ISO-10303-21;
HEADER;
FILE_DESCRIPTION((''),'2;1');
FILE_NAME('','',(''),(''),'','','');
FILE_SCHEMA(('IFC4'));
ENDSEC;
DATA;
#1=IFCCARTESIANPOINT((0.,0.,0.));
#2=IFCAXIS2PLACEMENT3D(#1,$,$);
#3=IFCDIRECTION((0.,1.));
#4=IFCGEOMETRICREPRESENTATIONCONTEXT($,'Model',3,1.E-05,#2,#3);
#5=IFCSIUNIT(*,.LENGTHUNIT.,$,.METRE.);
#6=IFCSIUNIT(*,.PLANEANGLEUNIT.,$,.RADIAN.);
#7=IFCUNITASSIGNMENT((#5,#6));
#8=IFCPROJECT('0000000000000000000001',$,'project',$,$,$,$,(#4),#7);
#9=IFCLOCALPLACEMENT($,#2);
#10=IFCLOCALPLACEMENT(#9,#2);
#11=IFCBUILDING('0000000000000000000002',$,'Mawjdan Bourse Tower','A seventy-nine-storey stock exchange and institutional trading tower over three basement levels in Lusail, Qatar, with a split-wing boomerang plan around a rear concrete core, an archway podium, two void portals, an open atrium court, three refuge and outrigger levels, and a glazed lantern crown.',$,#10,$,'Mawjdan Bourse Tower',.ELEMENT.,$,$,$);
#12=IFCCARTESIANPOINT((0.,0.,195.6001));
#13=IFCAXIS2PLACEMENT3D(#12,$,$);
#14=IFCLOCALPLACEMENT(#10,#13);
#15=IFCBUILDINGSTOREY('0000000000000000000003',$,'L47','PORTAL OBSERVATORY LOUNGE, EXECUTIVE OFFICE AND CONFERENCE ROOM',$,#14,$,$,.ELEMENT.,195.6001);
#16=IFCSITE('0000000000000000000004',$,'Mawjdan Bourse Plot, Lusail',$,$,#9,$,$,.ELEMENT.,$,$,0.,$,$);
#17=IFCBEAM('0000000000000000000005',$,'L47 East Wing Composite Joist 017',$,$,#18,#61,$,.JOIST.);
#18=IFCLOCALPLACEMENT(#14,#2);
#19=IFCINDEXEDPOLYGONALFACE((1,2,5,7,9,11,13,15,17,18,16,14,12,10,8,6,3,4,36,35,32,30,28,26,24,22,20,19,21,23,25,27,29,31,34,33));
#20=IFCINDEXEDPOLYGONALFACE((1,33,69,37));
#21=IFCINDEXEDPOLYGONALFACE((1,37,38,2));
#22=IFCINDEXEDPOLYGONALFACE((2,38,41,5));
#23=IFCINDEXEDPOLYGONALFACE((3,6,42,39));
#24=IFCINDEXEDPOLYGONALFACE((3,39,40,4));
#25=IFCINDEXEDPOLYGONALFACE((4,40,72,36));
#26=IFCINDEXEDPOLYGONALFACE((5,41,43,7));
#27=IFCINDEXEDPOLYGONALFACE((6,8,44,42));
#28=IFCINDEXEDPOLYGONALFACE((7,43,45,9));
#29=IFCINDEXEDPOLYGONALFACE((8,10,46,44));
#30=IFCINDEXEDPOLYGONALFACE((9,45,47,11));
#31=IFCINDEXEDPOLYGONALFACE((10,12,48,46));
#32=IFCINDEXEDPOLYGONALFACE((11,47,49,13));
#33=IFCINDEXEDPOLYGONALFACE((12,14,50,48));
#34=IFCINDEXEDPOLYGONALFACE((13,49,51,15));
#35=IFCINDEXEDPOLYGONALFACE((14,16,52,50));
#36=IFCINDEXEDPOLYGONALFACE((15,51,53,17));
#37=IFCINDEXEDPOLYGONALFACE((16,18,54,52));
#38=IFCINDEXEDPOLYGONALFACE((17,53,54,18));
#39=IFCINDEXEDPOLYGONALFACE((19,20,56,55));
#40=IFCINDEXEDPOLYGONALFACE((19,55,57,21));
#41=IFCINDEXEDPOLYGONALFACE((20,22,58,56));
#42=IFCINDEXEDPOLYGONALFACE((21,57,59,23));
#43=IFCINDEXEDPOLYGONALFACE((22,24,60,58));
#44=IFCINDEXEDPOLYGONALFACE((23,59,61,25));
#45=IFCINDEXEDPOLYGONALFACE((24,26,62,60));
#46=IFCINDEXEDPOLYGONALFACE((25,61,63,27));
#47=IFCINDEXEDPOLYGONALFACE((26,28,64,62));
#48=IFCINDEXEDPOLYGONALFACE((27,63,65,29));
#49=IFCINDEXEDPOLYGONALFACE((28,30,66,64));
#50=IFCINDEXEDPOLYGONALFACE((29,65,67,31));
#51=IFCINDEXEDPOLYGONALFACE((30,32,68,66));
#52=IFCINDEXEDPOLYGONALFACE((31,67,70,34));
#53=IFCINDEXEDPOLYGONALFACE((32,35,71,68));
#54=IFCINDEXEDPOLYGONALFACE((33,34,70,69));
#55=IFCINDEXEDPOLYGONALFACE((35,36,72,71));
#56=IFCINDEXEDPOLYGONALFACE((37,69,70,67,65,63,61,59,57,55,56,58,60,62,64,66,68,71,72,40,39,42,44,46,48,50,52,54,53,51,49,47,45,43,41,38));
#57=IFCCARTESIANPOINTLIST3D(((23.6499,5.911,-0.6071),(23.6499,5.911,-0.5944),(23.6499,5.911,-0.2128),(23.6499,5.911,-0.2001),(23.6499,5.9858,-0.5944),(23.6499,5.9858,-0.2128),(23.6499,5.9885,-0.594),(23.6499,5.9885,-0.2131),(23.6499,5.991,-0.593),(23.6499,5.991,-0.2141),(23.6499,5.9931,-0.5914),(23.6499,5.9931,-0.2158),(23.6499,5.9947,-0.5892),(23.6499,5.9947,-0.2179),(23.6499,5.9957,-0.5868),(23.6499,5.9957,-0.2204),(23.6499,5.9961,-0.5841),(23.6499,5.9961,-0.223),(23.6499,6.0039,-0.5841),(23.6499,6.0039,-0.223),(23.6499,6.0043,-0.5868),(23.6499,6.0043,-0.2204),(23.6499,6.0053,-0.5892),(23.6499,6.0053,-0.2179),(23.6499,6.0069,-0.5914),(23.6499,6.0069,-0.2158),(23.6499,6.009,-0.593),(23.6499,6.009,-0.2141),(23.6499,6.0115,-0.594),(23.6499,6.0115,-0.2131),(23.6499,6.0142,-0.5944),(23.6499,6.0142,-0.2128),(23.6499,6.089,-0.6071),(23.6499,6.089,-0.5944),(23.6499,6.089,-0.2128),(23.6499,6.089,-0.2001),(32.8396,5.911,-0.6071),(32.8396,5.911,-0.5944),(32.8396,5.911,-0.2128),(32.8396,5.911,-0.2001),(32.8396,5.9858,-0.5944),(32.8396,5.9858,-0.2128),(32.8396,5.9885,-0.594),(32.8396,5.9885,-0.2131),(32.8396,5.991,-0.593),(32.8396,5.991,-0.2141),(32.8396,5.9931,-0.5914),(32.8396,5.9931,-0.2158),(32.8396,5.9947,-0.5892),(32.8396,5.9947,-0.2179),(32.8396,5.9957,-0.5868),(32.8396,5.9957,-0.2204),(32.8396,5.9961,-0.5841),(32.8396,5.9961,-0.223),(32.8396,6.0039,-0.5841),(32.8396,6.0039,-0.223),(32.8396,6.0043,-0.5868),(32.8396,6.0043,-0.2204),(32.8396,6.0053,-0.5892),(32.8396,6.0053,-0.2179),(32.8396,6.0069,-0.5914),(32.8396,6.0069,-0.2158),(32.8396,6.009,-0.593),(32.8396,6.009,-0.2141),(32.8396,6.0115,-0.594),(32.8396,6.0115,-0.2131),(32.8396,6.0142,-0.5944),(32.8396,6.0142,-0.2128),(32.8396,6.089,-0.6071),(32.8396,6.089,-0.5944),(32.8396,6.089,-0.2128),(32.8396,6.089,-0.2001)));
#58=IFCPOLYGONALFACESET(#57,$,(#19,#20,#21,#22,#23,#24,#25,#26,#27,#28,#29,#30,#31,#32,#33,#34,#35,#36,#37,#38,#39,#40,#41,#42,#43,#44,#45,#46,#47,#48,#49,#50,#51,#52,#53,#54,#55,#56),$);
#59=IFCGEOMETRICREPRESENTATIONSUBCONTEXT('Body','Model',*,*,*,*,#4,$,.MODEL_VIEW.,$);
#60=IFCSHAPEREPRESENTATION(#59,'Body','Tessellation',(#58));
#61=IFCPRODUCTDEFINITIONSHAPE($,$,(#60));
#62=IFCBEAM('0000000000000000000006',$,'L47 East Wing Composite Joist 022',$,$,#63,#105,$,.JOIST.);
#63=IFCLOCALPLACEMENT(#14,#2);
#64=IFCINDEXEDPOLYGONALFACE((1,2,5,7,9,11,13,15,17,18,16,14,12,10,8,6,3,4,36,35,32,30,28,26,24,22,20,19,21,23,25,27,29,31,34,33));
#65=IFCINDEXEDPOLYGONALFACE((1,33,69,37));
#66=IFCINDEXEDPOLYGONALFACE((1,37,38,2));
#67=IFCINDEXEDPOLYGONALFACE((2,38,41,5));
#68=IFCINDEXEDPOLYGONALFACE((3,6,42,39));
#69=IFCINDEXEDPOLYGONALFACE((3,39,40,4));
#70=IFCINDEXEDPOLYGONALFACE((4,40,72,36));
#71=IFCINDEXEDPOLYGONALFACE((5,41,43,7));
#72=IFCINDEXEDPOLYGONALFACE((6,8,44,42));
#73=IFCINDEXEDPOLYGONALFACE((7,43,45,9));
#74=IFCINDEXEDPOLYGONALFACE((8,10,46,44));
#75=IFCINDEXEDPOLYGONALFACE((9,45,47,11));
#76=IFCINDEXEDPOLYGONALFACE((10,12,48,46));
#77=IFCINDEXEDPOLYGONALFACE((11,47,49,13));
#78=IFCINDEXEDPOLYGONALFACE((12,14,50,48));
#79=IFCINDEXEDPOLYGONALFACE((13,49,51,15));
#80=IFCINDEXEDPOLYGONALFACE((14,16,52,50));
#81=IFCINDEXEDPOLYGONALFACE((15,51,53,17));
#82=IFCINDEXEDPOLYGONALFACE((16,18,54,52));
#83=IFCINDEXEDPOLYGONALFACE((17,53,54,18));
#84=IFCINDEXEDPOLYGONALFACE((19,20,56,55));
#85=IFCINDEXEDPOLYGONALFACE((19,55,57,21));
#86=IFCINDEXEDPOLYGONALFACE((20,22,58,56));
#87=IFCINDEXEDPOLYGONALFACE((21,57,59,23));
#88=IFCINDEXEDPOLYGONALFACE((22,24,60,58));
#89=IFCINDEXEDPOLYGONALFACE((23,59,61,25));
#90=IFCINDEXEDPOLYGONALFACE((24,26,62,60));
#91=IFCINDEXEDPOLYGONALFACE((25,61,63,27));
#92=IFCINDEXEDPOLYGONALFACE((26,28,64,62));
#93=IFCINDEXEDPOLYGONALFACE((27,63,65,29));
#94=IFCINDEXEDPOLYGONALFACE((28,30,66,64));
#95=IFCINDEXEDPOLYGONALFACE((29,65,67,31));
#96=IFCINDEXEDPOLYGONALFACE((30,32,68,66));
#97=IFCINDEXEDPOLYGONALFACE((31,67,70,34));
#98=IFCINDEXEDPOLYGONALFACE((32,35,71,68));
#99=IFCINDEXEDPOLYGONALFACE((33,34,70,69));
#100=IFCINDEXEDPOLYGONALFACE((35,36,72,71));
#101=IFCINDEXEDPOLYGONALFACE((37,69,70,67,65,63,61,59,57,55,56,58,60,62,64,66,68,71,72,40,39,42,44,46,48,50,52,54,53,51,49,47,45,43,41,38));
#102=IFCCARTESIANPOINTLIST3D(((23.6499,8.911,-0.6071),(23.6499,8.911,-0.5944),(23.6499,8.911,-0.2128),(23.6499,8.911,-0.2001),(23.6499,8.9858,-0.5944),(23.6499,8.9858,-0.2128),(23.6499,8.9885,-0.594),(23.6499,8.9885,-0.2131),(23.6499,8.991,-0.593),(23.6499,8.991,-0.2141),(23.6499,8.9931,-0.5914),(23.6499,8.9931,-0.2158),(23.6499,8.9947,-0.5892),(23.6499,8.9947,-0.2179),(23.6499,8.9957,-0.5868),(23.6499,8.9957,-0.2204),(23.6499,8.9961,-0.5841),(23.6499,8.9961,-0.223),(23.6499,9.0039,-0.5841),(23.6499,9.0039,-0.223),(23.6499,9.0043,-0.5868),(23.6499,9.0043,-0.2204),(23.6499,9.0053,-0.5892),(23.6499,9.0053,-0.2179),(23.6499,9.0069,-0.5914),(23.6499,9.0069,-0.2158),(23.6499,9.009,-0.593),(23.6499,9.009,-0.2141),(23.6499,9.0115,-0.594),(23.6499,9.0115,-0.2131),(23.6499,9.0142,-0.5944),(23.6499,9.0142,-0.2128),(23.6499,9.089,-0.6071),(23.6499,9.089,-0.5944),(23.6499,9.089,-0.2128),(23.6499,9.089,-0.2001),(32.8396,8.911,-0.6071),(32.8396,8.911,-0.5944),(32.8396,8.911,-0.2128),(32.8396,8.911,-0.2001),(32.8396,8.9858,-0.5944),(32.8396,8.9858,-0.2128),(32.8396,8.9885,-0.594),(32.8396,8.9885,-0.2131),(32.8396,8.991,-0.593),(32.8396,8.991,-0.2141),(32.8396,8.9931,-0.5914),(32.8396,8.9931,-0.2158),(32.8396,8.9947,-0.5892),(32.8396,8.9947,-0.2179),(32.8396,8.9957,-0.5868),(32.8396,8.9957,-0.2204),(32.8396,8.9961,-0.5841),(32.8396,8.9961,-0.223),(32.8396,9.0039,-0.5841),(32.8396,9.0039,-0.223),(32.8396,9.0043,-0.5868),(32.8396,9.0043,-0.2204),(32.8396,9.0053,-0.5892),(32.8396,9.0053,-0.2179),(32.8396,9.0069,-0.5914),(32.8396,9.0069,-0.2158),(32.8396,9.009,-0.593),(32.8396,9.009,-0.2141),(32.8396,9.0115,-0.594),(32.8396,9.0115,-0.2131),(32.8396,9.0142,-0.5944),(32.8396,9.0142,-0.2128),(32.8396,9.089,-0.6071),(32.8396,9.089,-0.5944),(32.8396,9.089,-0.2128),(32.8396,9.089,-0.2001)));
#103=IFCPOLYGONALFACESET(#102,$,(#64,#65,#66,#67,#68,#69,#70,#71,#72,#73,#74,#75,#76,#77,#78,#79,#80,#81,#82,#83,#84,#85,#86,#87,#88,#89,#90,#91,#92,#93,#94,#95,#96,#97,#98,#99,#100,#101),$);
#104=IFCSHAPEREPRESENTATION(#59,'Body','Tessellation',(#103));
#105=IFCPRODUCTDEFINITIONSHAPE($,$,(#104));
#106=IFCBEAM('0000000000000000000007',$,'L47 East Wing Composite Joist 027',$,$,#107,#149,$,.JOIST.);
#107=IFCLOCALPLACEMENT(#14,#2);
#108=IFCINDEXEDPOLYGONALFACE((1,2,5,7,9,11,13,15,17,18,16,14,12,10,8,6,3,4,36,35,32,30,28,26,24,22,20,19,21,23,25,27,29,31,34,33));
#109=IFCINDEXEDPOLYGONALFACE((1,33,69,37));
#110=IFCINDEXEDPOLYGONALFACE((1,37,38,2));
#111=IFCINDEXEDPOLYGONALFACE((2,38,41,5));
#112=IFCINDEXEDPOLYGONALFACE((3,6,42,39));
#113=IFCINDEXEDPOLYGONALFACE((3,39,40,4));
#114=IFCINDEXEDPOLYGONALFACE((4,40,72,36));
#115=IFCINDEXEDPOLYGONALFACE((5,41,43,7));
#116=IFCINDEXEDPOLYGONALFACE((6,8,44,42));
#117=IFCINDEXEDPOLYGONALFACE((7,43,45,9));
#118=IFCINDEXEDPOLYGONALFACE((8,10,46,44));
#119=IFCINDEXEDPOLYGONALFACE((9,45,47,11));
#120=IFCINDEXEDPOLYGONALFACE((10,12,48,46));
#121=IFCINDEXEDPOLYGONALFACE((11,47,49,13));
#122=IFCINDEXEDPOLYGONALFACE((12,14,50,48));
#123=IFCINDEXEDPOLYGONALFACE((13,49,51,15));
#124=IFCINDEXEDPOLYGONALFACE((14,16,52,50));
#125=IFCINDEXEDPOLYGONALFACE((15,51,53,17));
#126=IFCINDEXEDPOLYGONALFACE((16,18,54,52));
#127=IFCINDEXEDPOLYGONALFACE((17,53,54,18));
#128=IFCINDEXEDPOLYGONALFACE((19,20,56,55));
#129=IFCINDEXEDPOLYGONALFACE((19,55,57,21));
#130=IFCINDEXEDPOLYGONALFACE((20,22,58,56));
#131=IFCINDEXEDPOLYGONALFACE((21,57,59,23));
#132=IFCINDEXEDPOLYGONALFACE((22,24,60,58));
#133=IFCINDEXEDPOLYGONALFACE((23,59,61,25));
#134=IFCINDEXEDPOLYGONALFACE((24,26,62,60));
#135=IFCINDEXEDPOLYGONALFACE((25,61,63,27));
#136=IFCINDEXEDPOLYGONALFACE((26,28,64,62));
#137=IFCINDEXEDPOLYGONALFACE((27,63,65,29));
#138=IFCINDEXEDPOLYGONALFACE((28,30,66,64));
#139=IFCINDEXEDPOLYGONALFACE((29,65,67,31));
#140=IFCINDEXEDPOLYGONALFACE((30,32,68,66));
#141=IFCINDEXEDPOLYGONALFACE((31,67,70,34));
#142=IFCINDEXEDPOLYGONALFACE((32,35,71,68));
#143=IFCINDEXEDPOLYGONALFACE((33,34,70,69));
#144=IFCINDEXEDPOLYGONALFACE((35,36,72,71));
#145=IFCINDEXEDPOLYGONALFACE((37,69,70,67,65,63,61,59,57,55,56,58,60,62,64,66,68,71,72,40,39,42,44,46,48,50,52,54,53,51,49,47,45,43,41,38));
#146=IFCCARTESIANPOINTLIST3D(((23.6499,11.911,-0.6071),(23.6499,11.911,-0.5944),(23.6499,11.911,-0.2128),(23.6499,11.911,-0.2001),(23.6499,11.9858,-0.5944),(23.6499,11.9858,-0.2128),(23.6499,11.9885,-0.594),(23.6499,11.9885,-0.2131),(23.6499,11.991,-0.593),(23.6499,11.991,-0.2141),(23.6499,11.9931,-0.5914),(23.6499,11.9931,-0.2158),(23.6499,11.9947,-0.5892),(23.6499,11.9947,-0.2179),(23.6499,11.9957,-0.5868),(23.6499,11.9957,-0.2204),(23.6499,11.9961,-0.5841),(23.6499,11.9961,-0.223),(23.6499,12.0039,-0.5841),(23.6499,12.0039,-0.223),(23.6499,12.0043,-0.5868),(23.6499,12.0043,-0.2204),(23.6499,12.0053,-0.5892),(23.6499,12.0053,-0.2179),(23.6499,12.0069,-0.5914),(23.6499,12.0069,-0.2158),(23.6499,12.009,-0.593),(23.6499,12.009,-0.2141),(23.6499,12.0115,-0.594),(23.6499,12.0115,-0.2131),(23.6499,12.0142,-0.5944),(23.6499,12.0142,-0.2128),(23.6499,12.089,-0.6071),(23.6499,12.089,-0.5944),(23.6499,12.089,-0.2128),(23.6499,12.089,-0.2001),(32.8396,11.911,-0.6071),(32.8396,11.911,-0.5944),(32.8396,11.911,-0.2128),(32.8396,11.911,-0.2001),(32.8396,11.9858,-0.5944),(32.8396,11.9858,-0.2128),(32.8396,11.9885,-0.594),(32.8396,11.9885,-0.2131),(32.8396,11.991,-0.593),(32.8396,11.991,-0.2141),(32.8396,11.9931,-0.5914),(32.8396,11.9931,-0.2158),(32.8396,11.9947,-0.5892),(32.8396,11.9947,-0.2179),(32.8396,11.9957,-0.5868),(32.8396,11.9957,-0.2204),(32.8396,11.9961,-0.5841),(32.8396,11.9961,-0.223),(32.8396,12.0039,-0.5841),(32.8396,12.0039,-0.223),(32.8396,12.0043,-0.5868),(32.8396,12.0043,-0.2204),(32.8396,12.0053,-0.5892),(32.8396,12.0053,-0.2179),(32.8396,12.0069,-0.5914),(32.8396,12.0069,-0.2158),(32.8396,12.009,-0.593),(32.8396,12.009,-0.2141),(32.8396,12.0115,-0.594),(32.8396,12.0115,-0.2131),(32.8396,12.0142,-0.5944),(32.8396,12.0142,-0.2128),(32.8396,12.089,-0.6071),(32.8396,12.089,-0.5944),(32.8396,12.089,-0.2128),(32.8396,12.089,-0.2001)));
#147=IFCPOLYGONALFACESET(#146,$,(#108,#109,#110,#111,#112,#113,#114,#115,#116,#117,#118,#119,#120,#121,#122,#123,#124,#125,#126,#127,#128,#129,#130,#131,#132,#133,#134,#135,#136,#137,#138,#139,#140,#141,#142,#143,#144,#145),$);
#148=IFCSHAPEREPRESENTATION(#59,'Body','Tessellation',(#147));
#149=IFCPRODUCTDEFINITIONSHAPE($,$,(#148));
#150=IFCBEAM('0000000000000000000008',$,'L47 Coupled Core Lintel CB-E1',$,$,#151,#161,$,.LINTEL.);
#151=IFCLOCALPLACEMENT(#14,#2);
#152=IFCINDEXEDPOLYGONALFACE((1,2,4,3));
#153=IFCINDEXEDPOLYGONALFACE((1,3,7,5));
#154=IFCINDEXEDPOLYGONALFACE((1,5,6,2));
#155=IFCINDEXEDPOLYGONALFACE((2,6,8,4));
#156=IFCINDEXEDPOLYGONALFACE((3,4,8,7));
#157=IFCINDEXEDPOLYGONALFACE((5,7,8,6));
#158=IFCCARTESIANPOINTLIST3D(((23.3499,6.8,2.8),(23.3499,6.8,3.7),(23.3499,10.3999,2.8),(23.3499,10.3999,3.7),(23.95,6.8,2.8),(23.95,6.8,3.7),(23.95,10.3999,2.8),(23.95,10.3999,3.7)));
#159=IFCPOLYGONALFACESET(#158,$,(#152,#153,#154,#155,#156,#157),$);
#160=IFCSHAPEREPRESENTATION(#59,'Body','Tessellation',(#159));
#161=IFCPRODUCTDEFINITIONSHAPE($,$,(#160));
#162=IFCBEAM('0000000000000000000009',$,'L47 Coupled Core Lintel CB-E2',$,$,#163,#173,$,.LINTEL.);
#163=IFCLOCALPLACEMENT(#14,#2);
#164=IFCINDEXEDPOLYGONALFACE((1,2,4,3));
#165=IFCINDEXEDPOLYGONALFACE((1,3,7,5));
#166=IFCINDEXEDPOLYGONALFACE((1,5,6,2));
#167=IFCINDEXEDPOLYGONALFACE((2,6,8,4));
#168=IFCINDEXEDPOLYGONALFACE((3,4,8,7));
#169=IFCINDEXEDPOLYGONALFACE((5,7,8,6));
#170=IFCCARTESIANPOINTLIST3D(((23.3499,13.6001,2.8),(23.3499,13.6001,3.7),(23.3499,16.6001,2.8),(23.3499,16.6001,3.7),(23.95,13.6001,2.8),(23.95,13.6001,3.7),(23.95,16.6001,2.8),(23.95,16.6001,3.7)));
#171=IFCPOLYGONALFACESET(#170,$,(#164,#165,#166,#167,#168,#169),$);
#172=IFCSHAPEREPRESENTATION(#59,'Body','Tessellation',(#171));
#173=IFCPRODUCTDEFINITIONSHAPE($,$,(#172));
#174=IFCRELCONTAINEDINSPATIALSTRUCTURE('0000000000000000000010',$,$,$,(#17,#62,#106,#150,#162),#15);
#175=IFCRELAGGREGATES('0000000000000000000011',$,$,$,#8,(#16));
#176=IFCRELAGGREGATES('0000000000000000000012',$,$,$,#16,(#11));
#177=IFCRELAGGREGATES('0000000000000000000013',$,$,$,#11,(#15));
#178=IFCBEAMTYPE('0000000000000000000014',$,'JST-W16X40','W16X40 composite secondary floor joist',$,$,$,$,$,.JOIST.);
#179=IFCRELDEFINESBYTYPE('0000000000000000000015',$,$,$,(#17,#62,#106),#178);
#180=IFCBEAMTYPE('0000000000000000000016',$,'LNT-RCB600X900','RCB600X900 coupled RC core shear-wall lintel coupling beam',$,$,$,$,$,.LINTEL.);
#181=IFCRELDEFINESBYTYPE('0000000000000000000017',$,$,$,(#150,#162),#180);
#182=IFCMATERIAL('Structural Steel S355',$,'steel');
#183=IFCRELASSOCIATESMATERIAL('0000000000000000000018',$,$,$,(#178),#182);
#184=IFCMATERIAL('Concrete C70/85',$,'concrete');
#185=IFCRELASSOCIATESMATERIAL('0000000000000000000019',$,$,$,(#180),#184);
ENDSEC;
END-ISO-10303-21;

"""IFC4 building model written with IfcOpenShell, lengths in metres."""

from ifc_helpers import new_model, si_unit, direction, frame, origin, origin_2d, place, context, subcontext, project, spatial, rectangle, i_section, extrude, material, material_profile, profile_set, type_object, element, save


model = new_model("IFC4")

# Units and contexts
model_context = context("Model", 3, precision=1e-05, world=origin(), true_north=direction((0.0, 1.0)))
body_context = subcontext(model_context, "Body", "Model", "MODEL_VIEW")
ifc_project = project(units=[si_unit("LENGTHUNIT", "METRE"), si_unit("PLANEANGLEUNIT", "RADIAN")], contexts=[model_context])

# Site, building, storey
site_placement = place(None, origin())
site = spatial("IfcSite", under=ifc_project, at=site_placement, Name="Mawjdan Bourse Plot, Lusail", CompositionType="ELEMENT", RefElevation=0.0)
building_placement = place(site_placement, origin())
building = spatial("IfcBuilding", under=site, at=building_placement, Name="Mawjdan Bourse Tower", Description="A seventy-nine-storey stock exchange and institutional trading tower over three basement levels in Lusail, Qatar, with a split-wing boomerang plan around a rear concrete core, an archway podium, two void portals, an open atrium court, three refuge and outrigger levels, and a glazed lantern crown.", LongName="Mawjdan Bourse Tower", CompositionType="ELEMENT")
storey_placement = place(building_placement, frame((0.0, 0.0, 195.6001)))
storey = spatial("IfcBuildingStorey", under=building, at=storey_placement, Name="L47", Description="PORTAL OBSERVATORY LOUNGE, EXECUTIVE OFFICE AND CONFERENCE ROOM", CompositionType="ELEMENT", Elevation=195.6001)

# Beams
ifc_material_1 = material(Name="Structural Steel S355", Category="steel")
ifc_material_profile_1 = material_profile(ifc_material_1, i_section(OverallWidth=0.178, OverallDepth=0.407, WebThickness=0.0078, FlangeThickness=0.0127, FilletRadius=0.0103, at=origin_2d()), Name="W16X40")
ifc_profile_set_1 = profile_set([ifc_material_profile_1], Name="Structural Steel S355")
beam_type_1 = type_object("IfcBeamType", Name="JST-W16X40", Description="W16X40 composite secondary floor joist", PredefinedType="JOIST", material=ifc_profile_set_1)
for number, where, z_axis, x_axis, name in (
    (1, (23.6499, 6.0, -0.4036), (1.0, 0.0, 0.0), (0.0, 1.0, 0.0), "L47 East Wing Composite Joist 017"),
    (2, (23.6499, 9.0, -0.4036), (1.0, 0.0, 0.0), (0.0, 1.0, 0.0), "L47 East Wing Composite Joist 022"),
    (3, (23.6499, 12.0, -0.4036), (1.0, 0.0, 0.0), (0.0, 1.0, 0.0), "L47 East Wing Composite Joist 027"),
):
    element("IfcBeam", number, at=place(storey_placement, frame(where, z_axis=z_axis, x_axis=x_axis)), inside=storey, type_object=beam_type_1, Name=name, PredefinedType="JOIST", context=body_context, shape_type="SweptSolid", body=[
        extrude(i_section(OverallWidth=0.178, OverallDepth=0.407, WebThickness=0.0078, FlangeThickness=0.0127, FilletRadius=0.0103, at=origin_2d()), origin(), (0.0, 0.0, 1.0), 9.1897),
    ])
ifc_material_2 = material(Name="Concrete C70/85", Category="concrete")
ifc_material_profile_2 = material_profile(ifc_material_2, rectangle(XDim=0.6001, YDim=0.8999, at=origin_2d()), Name="RCB600X900")
ifc_profile_set_2 = profile_set([ifc_material_profile_2], Name="Concrete C70/85")
beam_type_2 = type_object("IfcBeamType", Name="LNT-RCB600X900", Description="RCB600X900 coupled RC core shear-wall lintel coupling beam", PredefinedType="LINTEL", material=ifc_profile_set_2)
beam_1_placement = place(storey_placement, frame((23.6499, 6.8, 3.25), z_axis=(0.0, 1.0, 0.0), x_axis=(-1.0, 0.0, 0.0)))
element("IfcBeam", 4, at=beam_1_placement, inside=storey, type_object=beam_type_2, Name="L47 Coupled Core Lintel CB-E1", PredefinedType="LINTEL", context=body_context, shape_type="SweptSolid", body=[
    extrude(rectangle(XDim=0.6001, YDim=0.8999, at=origin_2d()), origin(), (0.0, 0.0, 1.0), 3.5999),
])
beam_2_placement = place(storey_placement, frame((23.6499, 13.6001, 3.25), z_axis=(0.0, 1.0, 0.0), x_axis=(-1.0, 0.0, 0.0)))
element("IfcBeam", 5, at=beam_2_placement, inside=storey, type_object=beam_type_2, Name="L47 Coupled Core Lintel CB-E2", PredefinedType="LINTEL", context=body_context, shape_type="SweptSolid", body=[
    extrude(rectangle(XDim=0.6001, YDim=0.8999, at=origin_2d()), origin(), (0.0, 0.0, 1.0), 3.0),
])

save(model, "model.ifc")
